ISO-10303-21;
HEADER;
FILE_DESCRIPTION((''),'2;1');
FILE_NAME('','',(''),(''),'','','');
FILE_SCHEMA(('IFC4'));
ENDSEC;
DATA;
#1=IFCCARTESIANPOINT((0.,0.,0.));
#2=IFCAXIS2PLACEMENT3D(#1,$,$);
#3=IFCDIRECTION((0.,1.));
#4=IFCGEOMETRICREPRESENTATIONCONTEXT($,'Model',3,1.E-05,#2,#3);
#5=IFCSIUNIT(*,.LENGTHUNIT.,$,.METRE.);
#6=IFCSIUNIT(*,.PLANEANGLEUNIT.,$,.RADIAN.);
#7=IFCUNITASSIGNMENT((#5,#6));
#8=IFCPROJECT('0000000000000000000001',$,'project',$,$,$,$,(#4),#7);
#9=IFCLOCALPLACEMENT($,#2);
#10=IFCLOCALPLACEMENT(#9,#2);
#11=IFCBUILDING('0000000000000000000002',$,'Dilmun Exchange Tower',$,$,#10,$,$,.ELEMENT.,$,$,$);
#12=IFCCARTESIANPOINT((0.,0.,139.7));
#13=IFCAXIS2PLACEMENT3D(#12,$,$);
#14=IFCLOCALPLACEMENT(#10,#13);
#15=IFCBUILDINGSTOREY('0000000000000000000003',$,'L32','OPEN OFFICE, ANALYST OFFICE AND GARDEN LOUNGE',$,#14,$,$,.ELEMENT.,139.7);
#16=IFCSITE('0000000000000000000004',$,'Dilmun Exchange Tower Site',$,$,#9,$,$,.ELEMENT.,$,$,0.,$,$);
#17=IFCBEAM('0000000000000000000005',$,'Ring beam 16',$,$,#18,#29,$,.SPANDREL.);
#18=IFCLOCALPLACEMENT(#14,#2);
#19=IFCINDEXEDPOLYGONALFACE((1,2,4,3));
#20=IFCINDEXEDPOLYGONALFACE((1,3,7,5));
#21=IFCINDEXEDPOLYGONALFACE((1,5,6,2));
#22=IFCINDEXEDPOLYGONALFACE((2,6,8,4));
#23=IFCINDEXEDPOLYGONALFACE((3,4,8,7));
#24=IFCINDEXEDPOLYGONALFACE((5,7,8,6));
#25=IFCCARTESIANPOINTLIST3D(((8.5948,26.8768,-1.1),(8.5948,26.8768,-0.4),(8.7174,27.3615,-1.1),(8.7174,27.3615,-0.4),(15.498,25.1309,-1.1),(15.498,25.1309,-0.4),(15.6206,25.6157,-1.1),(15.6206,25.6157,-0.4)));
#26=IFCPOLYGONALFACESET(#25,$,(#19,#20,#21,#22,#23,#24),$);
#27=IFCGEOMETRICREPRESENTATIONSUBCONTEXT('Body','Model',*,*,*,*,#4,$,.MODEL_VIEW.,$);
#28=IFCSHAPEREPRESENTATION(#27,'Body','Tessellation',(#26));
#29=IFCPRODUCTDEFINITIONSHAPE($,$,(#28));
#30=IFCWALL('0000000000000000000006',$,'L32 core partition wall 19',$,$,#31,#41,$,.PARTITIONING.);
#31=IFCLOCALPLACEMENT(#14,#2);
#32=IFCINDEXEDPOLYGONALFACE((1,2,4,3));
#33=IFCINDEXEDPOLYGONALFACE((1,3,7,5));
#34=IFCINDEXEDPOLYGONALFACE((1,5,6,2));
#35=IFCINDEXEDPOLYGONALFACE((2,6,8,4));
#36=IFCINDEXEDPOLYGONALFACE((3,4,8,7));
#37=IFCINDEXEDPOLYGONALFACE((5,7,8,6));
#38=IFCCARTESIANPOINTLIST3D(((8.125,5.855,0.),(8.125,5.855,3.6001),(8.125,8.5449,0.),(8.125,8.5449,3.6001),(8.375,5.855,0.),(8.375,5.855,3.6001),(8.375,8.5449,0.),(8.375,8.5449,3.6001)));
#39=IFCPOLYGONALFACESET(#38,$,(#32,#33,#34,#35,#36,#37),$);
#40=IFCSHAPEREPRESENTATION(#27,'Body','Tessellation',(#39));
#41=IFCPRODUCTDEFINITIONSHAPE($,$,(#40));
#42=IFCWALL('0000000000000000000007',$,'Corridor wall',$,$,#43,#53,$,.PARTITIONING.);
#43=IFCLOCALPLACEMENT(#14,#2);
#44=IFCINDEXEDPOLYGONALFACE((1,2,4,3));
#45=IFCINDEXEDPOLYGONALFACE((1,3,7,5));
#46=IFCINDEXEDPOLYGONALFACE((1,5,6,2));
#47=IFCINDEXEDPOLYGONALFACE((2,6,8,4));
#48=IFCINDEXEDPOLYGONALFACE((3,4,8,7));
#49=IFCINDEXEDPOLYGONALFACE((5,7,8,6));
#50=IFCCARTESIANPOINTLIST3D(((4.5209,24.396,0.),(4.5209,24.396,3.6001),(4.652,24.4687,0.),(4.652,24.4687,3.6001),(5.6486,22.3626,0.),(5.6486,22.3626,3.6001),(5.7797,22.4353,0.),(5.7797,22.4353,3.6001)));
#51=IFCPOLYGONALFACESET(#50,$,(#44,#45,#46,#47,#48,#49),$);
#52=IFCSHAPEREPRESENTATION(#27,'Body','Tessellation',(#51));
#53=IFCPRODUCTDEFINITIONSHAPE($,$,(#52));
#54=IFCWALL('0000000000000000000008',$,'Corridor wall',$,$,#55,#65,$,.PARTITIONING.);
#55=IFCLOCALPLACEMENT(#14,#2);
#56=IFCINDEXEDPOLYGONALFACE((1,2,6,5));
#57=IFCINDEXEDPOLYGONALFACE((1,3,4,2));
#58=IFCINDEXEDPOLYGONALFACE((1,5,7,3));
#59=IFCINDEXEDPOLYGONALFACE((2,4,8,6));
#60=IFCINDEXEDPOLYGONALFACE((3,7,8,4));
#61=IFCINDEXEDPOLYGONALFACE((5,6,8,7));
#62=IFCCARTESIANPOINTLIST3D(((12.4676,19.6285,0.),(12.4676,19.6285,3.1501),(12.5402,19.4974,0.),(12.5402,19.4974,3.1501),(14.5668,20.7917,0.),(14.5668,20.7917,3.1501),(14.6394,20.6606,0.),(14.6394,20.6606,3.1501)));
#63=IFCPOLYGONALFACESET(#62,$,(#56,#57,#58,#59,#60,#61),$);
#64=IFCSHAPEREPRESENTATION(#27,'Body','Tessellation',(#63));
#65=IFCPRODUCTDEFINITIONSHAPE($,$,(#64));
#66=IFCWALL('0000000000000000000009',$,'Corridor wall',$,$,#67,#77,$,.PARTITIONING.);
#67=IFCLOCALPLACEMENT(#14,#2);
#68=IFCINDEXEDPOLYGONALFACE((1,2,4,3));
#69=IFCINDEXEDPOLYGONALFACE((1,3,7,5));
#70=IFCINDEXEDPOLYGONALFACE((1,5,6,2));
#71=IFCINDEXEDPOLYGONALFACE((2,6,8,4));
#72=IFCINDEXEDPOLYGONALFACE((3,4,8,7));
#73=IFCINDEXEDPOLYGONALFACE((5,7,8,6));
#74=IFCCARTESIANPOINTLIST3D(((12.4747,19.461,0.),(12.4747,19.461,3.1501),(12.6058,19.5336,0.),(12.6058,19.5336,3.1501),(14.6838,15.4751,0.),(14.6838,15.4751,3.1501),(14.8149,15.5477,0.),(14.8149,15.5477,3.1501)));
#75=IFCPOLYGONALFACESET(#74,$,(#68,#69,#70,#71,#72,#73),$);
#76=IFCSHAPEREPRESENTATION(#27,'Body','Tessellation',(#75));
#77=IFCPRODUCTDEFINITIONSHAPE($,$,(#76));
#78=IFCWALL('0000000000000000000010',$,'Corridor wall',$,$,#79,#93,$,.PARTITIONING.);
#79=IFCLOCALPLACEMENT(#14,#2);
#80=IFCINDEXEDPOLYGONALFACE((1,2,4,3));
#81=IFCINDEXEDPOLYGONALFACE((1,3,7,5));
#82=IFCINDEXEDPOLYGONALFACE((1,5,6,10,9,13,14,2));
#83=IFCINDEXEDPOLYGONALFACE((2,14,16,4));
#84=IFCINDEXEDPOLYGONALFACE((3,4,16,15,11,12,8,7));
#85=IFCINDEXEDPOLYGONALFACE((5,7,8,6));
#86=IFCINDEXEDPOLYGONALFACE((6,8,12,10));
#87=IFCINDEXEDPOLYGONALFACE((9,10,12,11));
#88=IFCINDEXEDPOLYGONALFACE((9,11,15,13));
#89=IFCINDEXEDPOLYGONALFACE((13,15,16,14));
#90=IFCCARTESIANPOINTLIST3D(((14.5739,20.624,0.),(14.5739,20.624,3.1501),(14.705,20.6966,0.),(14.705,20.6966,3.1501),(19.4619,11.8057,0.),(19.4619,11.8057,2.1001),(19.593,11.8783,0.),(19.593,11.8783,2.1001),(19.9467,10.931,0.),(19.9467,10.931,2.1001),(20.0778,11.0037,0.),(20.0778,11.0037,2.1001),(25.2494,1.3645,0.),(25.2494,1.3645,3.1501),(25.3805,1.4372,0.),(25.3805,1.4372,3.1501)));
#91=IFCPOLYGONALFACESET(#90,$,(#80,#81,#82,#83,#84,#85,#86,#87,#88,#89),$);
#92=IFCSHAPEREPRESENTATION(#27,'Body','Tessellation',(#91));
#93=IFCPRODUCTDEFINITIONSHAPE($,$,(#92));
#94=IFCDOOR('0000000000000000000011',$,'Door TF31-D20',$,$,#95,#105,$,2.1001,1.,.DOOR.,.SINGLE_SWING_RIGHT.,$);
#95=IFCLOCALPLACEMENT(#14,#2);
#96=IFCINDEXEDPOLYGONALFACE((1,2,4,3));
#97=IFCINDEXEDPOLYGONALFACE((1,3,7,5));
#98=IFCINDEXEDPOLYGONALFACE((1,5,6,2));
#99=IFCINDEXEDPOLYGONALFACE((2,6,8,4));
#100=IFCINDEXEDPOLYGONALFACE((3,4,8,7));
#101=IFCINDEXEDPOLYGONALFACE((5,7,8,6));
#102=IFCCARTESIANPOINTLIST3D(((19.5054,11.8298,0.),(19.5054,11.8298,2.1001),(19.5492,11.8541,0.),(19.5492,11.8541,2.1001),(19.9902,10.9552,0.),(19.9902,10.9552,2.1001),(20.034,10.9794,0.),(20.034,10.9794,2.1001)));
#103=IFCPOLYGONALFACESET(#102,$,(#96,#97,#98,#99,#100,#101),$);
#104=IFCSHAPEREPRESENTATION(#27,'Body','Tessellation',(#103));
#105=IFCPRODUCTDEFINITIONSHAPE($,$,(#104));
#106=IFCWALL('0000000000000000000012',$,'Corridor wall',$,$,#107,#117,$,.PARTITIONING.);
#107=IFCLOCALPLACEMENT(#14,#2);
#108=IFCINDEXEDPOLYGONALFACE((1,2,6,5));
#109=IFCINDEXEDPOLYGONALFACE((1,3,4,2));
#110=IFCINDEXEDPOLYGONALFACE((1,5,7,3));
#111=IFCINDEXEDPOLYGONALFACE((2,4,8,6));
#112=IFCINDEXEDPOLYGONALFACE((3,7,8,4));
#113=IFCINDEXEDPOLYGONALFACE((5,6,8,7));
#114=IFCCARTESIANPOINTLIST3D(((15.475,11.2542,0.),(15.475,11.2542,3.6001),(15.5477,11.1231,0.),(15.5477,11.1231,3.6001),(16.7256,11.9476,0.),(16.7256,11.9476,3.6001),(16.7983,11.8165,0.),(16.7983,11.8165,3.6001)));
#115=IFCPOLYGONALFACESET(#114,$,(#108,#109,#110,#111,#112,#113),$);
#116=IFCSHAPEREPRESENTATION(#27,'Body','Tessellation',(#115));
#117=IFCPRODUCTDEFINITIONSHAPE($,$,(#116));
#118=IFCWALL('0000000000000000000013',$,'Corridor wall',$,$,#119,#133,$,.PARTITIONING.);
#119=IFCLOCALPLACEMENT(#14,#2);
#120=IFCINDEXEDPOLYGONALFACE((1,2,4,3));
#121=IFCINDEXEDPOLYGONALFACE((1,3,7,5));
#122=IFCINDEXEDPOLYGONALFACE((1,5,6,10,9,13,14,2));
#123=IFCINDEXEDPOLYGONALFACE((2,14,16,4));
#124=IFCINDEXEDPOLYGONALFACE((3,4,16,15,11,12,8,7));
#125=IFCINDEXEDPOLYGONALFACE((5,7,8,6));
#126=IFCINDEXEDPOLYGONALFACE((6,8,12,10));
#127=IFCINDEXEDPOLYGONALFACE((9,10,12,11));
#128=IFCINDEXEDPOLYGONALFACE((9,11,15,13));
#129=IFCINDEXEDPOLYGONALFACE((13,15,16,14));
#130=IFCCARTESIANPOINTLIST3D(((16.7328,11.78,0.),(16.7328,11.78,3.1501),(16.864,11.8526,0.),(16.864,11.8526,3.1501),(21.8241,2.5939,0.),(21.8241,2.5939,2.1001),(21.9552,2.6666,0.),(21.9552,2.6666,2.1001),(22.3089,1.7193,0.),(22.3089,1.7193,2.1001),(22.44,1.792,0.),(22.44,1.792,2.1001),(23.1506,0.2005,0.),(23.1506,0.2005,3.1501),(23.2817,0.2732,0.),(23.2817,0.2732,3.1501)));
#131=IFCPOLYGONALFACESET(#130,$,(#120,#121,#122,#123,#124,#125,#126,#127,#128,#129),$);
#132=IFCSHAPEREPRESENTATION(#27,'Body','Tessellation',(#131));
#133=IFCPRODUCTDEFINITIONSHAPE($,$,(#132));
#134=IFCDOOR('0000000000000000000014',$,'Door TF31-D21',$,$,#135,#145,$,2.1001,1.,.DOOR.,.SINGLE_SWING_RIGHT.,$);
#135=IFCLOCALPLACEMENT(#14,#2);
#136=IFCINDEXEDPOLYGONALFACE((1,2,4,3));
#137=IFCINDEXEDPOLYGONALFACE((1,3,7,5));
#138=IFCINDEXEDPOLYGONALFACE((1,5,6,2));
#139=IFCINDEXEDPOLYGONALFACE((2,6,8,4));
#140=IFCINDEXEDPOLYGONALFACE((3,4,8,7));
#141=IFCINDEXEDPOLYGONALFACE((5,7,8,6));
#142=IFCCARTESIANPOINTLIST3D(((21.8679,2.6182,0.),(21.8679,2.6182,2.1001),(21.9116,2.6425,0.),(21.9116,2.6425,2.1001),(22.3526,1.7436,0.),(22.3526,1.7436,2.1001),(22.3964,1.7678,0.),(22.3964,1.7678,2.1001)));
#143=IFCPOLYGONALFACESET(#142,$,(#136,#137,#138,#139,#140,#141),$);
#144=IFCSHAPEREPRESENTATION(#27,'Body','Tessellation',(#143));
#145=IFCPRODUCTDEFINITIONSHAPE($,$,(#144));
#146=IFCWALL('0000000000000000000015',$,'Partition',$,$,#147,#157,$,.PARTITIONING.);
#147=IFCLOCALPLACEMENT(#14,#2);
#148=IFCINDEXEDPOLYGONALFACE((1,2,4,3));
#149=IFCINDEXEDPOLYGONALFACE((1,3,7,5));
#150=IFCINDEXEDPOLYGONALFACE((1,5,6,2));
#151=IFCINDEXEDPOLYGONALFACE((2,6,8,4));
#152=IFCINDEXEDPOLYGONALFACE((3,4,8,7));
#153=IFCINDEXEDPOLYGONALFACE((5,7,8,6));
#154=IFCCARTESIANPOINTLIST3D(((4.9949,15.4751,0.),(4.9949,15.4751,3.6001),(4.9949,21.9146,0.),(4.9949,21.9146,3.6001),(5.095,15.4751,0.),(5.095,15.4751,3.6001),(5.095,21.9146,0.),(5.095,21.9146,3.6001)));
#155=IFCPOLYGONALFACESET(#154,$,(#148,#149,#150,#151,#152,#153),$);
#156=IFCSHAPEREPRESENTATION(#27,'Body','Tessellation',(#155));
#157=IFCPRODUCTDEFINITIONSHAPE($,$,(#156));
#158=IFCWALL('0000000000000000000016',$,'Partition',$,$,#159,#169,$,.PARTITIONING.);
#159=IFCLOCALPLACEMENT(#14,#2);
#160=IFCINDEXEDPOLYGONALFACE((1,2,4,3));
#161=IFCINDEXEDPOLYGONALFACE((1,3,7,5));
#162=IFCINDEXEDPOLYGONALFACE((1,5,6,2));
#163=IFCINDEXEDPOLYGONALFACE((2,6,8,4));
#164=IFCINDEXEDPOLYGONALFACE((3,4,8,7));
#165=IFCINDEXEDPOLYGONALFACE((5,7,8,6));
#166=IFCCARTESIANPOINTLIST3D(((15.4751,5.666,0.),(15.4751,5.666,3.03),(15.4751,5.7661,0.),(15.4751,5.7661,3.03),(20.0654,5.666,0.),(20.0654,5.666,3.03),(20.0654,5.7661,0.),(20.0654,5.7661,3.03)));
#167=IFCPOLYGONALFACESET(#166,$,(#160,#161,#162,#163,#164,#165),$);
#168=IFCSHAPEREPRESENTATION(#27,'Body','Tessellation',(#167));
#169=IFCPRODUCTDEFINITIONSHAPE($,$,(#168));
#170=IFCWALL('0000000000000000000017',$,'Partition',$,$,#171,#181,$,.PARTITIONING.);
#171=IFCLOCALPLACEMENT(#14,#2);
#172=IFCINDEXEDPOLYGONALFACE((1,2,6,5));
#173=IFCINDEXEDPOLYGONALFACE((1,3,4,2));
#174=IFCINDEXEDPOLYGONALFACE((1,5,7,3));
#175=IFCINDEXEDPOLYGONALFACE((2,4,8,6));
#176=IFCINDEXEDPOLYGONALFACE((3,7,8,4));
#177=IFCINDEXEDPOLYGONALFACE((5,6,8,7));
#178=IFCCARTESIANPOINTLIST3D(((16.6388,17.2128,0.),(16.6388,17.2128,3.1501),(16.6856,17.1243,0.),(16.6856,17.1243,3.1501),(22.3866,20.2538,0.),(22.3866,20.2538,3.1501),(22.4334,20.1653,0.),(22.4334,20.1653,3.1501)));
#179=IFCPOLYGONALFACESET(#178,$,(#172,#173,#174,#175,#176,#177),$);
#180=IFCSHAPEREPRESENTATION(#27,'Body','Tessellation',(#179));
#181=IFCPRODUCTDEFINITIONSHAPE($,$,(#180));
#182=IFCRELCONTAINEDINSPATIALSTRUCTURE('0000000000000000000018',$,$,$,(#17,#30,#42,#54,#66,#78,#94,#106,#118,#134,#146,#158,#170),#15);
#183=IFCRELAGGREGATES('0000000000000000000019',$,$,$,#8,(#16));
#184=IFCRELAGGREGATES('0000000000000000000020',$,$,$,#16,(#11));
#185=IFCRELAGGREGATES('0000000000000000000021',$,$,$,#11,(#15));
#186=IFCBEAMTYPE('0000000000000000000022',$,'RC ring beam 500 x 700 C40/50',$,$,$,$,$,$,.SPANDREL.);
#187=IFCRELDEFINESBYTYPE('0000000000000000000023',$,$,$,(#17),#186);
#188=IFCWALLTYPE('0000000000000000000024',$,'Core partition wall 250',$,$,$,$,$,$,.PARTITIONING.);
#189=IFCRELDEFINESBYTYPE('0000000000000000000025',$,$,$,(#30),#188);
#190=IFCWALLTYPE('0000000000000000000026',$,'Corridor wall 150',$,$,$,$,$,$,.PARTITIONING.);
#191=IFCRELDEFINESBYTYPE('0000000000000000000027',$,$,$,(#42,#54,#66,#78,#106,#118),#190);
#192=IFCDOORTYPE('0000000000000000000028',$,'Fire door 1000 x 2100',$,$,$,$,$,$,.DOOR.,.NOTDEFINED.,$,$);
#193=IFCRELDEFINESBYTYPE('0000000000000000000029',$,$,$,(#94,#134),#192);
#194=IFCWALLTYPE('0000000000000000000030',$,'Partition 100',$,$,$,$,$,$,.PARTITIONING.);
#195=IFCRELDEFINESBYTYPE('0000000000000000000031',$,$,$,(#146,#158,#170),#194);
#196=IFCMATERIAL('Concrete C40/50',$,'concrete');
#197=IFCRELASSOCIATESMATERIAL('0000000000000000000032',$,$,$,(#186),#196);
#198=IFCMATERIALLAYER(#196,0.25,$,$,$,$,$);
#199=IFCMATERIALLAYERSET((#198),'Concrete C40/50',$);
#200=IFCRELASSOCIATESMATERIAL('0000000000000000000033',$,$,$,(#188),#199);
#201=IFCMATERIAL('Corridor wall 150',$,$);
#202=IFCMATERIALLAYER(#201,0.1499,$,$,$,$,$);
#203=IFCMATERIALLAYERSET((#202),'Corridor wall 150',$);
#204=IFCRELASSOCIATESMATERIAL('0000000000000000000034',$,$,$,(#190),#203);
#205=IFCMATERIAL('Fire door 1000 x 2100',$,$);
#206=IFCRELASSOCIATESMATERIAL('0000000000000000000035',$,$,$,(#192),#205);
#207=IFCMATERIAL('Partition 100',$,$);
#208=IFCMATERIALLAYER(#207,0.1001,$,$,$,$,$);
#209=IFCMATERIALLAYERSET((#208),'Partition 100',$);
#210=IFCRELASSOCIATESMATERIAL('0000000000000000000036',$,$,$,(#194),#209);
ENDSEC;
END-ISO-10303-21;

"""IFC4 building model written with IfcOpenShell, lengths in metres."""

from ifc_helpers import new_model, si_unit, direction, frame, frame_2d, origin, origin_2d, place, context, subcontext, project, spatial, rectangle, extrude, material, layer, layer_set, material_profile, profile_set, type_object, element, fill, save


model = new_model("IFC4")

# Units and contexts
model_context = context("Model", 3, precision=1e-05, world=origin(), true_north=direction((0.0, 1.0)))
body_context = subcontext(model_context, "Body", "Model", "MODEL_VIEW")
ifc_project = project(units=[si_unit("LENGTHUNIT", "METRE"), si_unit("PLANEANGLEUNIT", "RADIAN")], contexts=[model_context])

# Site, building, storey
site_placement = place(None, origin())
site = spatial("IfcSite", under=ifc_project, at=site_placement, Name="Dilmun Exchange Tower Site", CompositionType="ELEMENT", RefElevation=0.0)
building_placement = place(site_placement, origin())
building = spatial("IfcBuilding", under=site, at=building_placement, Name="Dilmun Exchange Tower", CompositionType="ELEMENT")
storey_placement = place(building_placement, frame((0.0, 0.0, 139.7)))
storey = spatial("IfcBuildingStorey", under=building, at=storey_placement, Name="L32", Description="OPEN OFFICE, ANALYST OFFICE AND GARDEN LOUNGE", CompositionType="ELEMENT", Elevation=139.7)

# Beam
ifc_material_1 = material(Name="Concrete C40/50", Category="concrete")
ifc_material_profile_1 = material_profile(ifc_material_1, rectangle(XDim=0.5, YDim=0.7, at=origin_2d()), Name="500 x 700")
ifc_profile_set_1 = profile_set([ifc_material_profile_1], Name="Concrete C40/50")
beam_type_1 = type_object("IfcBeamType", Name="RC ring beam 500 x 700 C40/50", PredefinedType="SPANDREL", material=ifc_profile_set_1)
beam_1_placement = place(storey_placement, frame((15.5593, 25.3733, -0.75), z_axis=(-0.969477, 0.245181, 0.0), x_axis=(-0.245181, -0.969477, 0.0)))
element("IfcBeam", 1, at=beam_1_placement, inside=storey, type_object=beam_type_1, Name="Ring beam 16", PredefinedType="SPANDREL", context=body_context, shape_type="SweptSolid", body=[
    extrude(rectangle(XDim=0.5, YDim=0.7, at=origin_2d()), origin(), (0.0, 0.0, 1.0), 7.1206),
])

# Walls
ifc_layer_1 = layer(ifc_material_1, 0.25)
ifc_layer_set_1 = layer_set([ifc_layer_1], Name="Concrete C40/50")
wall_type_1 = type_object("IfcWallType", Name="Core partition wall 250", PredefinedType="PARTITIONING", material=ifc_layer_set_1)
wall_1_placement = place(storey_placement, frame((8.25, 5.855, 0.0), z_axis=(0.0, 0.0, 1.0), x_axis=(0.0, 1.0, 0.0)))
element("IfcWall", 2, at=wall_1_placement, inside=storey, type_object=wall_type_1, Name="L32 core partition wall 19", PredefinedType="PARTITIONING", context=body_context, shape_type="SweptSolid", body=[
    extrude(rectangle(XDim=2.6899, YDim=0.25, at=frame_2d((1.345, 0.0))), origin(), (0.0, 0.0, 1.0), 3.6001),
])
ifc_material_2 = material(Name="Corridor wall 150")
ifc_layer_2 = layer(ifc_material_2, 0.1499)
ifc_layer_set_2 = layer_set([ifc_layer_2], Name="Corridor wall 150")
wall_type_2 = type_object("IfcWallType", Name="Corridor wall 150", PredefinedType="PARTITIONING", material=ifc_layer_set_2)
wall_2_placement = place(storey_placement, frame((4.5864, 24.4324, 0.0), z_axis=(0.0, 0.0, 1.0), x_axis=(0.484983, -0.874524, 0.0)))
element("IfcWall", 3, at=wall_2_placement, inside=storey, type_object=wall_type_2, Name="Corridor wall", PredefinedType="PARTITIONING", context=body_context, shape_type="SweptSolid", body=[
    extrude(rectangle(XDim=2.3252, YDim=0.1499, at=frame_2d((1.1626, 0.0))), origin(), (0.0, 0.0, 1.0), 3.6001),
])
wall_3_placement = place(storey_placement, frame((12.5039, 19.563, 0.0), z_axis=(0.0, 0.0, 1.0), x_axis=(0.874704, 0.484658, 0.0)))
element("IfcWall", 4, at=wall_3_placement, inside=storey, type_object=wall_type_2, Name="Corridor wall", PredefinedType="PARTITIONING", context=body_context, shape_type="SweptSolid", body=[
    extrude(rectangle(XDim=2.3999, YDim=0.1499, at=frame_2d((1.2, 0.0))), origin(), (0.0, 0.0, 1.0), 3.1501),
])
wall_4_placement = place(storey_placement, frame((12.5403, 19.4973, 0.0), z_axis=(0.0, 0.0, 1.0), x_axis=(0.484742, -0.874657, 0.0)))
element("IfcWall", 5, at=wall_4_placement, inside=storey, type_object=wall_type_2, Name="Corridor wall", PredefinedType="PARTITIONING", context=body_context, shape_type="SweptSolid", body=[
    extrude(rectangle(XDim=4.5571, YDim=0.1499, at=frame_2d((2.2786, 0.0))), origin(), (0.0, 0.0, 1.0), 3.1501),
])

# Wall, opening, door
wall_5_placement = place(storey_placement, frame((14.6394, 20.6604, 0.0), z_axis=(0.0, 0.0, 1.0), x_axis=(0.484803, -0.874623, 0.0)))
wall_5 = element("IfcWall", 6, at=wall_5_placement, inside=storey, type_object=wall_type_2, Name="Corridor wall", PredefinedType="PARTITIONING", context=body_context, shape_type="SweptSolid", body=[
    extrude(rectangle(XDim=22.0203, YDim=0.1499, at=frame_2d((11.0103, 0.0))), origin(), (0.0, 0.0, 1.0), 3.1501),
])
opening_1_placement = place(wall_5_placement, frame((10.0825, 0.0, 0.0)))
opening_1 = element("IfcOpeningElement", 7, at=opening_1_placement, cuts=wall_5, PredefinedType="OPENING", context=body_context, shape_type="SweptSolid", body=[
    extrude(rectangle(XDim=1.0, YDim=2.1001, at=frame_2d((0.5, 1.05))), frame((0.0, 0.085, 0.0), z_axis=(0.0, -1.0, 0.0), x_axis=(1.0, 0.0, 0.0)), (0.0, 0.0, 1.0), 0.1699),
])
ifc_material_3 = material(Name="Fire door 1000 x 2100")
door_type = type_object("IfcDoorType", Name="Fire door 1000 x 2100", OperationType="NOTDEFINED", PredefinedType="DOOR", material=ifc_material_3)
door_1_placement = place(opening_1_placement, origin())
door_1 = element("IfcDoor", 8, at=door_1_placement, inside=storey, type_object=door_type, Name="Door TF31-D20", OperationType="SINGLE_SWING_RIGHT", OverallHeight=2.1001, OverallWidth=1.0, PredefinedType="DOOR", context=body_context, shape_type="SweptSolid", body=[
    extrude(rectangle(XDim=1.0, YDim=2.1001, at=frame_2d((0.5, 1.05))), frame((0.0, 0.0249, 0.0), z_axis=(0.0, -1.0, 0.0), x_axis=(1.0, 0.0, 0.0)), (0.0, 0.0, 1.0), 0.05),
])
fill(opening_1, door_1)

# Wall
wall_6_placement = place(storey_placement, frame((15.5115, 11.1887, 0.0), z_axis=(0.0, 0.0, 1.0), x_axis=(0.87456, 0.484918, 0.0)))
element("IfcWall", 9, at=wall_6_placement, inside=storey, type_object=wall_type_2, Name="Corridor wall", PredefinedType="PARTITIONING", context=body_context, shape_type="SweptSolid", body=[
    extrude(rectangle(XDim=1.4299, YDim=0.1499, at=frame_2d((0.7148, 0.0))), origin(), (0.0, 0.0, 1.0), 3.6001),
])

# Wall, opening, door
wall_7_placement = place(storey_placement, frame((16.7983, 11.8164, 0.0), z_axis=(0.0, 0.0, 1.0), x_axis=(0.484763, -0.874646, 0.0)))
wall_7 = element("IfcWall", 10, at=wall_7_placement, inside=storey, type_object=wall_type_2, Name="Corridor wall", PredefinedType="PARTITIONING", context=body_context, shape_type="SweptSolid", body=[
    extrude(rectangle(XDim=13.239, YDim=0.1499, at=frame_2d((6.6196, 0.0))), origin(), (0.0, 0.0, 1.0), 3.1501),
])
opening_2_placement = place(wall_7_placement, frame((10.5027, 0.0, 0.0)))
opening_2 = element("IfcOpeningElement", 11, at=opening_2_placement, cuts=wall_7, PredefinedType="OPENING", context=body_context, shape_type="SweptSolid", body=[
    extrude(rectangle(XDim=1.0, YDim=2.1001, at=frame_2d((0.5, 1.05))), frame((0.0, 0.085, 0.0), z_axis=(0.0, -1.0, 0.0), x_axis=(1.0, 0.0, 0.0)), (0.0, 0.0, 1.0), 0.1699),
])
door_2_placement = place(opening_2_placement, frame((1.0, 0.0, 0.0), z_axis=(0.0, 0.0, 1.0), x_axis=(-1.0, 0.0, 0.0)))
door_2 = element("IfcDoor", 12, at=door_2_placement, inside=storey, type_object=door_type, Name="Door TF31-D21", OperationType="SINGLE_SWING_RIGHT", OverallHeight=2.1001, OverallWidth=1.0, PredefinedType="DOOR", context=body_context, shape_type="SweptSolid", body=[
    extrude(rectangle(XDim=1.0, YDim=2.1001, at=frame_2d((0.5, 1.05))), frame((0.0, 0.0249, 0.0), z_axis=(0.0, -1.0, 0.0), x_axis=(1.0, 0.0, 0.0)), (0.0, 0.0, 1.0), 0.05),
])
fill(opening_2, door_2)

# Walls
ifc_material_4 = material(Name="Partition 100")
ifc_layer_3 = layer(ifc_material_4, 0.1001)
ifc_layer_set_3 = layer_set([ifc_layer_3], Name="Partition 100")
wall_type_3 = type_object("IfcWallType", Name="Partition 100", PredefinedType="PARTITIONING", material=ifc_layer_set_3)
wall_8_placement = place(storey_placement, frame((5.0449, 15.4751, 0.0), z_axis=(0.0, 0.0, 1.0), x_axis=(0.0, 1.0, 0.0)))
element("IfcWall", 13, at=wall_8_placement, inside=storey, type_object=wall_type_3, Name="Partition", PredefinedType="PARTITIONING", context=body_context, shape_type="SweptSolid", body=[
    extrude(rectangle(XDim=6.4395, YDim=0.1001, at=frame_2d((3.2197, 0.0))), origin(), (0.0, 0.0, 1.0), 3.6001),
])
wall_9_placement = place(storey_placement, frame((15.4751, 5.7161, 0.0), z_axis=(0.0, 0.0, 1.0), x_axis=(1.0, 0.0, 0.0)))
element("IfcWall", 14, at=wall_9_placement, inside=storey, type_object=wall_type_3, Name="Partition", PredefinedType="PARTITIONING", context=body_context, shape_type="SweptSolid", body=[
    extrude(rectangle(XDim=4.5903, YDim=0.1001, at=frame_2d((2.2952, 0.0))), origin(), (0.0, 0.0, 1.0), 3.03),
])
wall_10_placement = place(storey_placement, frame((16.6621, 17.1685, 0.0), z_axis=(0.0, 0.0, 1.0), x_axis=(0.883911, 0.467655, 0.0)))
element("IfcWall", 15, at=wall_10_placement, inside=storey, type_object=wall_type_3, Name="Partition", PredefinedType="PARTITIONING", context=body_context, shape_type="SweptSolid", body=[
    extrude(rectangle(XDim=6.5027, YDim=0.1001, at=frame_2d((3.2515, 0.0))), origin(), (0.0, 0.0, 1.0), 3.1501),
])

save(model, "model.ifc")
